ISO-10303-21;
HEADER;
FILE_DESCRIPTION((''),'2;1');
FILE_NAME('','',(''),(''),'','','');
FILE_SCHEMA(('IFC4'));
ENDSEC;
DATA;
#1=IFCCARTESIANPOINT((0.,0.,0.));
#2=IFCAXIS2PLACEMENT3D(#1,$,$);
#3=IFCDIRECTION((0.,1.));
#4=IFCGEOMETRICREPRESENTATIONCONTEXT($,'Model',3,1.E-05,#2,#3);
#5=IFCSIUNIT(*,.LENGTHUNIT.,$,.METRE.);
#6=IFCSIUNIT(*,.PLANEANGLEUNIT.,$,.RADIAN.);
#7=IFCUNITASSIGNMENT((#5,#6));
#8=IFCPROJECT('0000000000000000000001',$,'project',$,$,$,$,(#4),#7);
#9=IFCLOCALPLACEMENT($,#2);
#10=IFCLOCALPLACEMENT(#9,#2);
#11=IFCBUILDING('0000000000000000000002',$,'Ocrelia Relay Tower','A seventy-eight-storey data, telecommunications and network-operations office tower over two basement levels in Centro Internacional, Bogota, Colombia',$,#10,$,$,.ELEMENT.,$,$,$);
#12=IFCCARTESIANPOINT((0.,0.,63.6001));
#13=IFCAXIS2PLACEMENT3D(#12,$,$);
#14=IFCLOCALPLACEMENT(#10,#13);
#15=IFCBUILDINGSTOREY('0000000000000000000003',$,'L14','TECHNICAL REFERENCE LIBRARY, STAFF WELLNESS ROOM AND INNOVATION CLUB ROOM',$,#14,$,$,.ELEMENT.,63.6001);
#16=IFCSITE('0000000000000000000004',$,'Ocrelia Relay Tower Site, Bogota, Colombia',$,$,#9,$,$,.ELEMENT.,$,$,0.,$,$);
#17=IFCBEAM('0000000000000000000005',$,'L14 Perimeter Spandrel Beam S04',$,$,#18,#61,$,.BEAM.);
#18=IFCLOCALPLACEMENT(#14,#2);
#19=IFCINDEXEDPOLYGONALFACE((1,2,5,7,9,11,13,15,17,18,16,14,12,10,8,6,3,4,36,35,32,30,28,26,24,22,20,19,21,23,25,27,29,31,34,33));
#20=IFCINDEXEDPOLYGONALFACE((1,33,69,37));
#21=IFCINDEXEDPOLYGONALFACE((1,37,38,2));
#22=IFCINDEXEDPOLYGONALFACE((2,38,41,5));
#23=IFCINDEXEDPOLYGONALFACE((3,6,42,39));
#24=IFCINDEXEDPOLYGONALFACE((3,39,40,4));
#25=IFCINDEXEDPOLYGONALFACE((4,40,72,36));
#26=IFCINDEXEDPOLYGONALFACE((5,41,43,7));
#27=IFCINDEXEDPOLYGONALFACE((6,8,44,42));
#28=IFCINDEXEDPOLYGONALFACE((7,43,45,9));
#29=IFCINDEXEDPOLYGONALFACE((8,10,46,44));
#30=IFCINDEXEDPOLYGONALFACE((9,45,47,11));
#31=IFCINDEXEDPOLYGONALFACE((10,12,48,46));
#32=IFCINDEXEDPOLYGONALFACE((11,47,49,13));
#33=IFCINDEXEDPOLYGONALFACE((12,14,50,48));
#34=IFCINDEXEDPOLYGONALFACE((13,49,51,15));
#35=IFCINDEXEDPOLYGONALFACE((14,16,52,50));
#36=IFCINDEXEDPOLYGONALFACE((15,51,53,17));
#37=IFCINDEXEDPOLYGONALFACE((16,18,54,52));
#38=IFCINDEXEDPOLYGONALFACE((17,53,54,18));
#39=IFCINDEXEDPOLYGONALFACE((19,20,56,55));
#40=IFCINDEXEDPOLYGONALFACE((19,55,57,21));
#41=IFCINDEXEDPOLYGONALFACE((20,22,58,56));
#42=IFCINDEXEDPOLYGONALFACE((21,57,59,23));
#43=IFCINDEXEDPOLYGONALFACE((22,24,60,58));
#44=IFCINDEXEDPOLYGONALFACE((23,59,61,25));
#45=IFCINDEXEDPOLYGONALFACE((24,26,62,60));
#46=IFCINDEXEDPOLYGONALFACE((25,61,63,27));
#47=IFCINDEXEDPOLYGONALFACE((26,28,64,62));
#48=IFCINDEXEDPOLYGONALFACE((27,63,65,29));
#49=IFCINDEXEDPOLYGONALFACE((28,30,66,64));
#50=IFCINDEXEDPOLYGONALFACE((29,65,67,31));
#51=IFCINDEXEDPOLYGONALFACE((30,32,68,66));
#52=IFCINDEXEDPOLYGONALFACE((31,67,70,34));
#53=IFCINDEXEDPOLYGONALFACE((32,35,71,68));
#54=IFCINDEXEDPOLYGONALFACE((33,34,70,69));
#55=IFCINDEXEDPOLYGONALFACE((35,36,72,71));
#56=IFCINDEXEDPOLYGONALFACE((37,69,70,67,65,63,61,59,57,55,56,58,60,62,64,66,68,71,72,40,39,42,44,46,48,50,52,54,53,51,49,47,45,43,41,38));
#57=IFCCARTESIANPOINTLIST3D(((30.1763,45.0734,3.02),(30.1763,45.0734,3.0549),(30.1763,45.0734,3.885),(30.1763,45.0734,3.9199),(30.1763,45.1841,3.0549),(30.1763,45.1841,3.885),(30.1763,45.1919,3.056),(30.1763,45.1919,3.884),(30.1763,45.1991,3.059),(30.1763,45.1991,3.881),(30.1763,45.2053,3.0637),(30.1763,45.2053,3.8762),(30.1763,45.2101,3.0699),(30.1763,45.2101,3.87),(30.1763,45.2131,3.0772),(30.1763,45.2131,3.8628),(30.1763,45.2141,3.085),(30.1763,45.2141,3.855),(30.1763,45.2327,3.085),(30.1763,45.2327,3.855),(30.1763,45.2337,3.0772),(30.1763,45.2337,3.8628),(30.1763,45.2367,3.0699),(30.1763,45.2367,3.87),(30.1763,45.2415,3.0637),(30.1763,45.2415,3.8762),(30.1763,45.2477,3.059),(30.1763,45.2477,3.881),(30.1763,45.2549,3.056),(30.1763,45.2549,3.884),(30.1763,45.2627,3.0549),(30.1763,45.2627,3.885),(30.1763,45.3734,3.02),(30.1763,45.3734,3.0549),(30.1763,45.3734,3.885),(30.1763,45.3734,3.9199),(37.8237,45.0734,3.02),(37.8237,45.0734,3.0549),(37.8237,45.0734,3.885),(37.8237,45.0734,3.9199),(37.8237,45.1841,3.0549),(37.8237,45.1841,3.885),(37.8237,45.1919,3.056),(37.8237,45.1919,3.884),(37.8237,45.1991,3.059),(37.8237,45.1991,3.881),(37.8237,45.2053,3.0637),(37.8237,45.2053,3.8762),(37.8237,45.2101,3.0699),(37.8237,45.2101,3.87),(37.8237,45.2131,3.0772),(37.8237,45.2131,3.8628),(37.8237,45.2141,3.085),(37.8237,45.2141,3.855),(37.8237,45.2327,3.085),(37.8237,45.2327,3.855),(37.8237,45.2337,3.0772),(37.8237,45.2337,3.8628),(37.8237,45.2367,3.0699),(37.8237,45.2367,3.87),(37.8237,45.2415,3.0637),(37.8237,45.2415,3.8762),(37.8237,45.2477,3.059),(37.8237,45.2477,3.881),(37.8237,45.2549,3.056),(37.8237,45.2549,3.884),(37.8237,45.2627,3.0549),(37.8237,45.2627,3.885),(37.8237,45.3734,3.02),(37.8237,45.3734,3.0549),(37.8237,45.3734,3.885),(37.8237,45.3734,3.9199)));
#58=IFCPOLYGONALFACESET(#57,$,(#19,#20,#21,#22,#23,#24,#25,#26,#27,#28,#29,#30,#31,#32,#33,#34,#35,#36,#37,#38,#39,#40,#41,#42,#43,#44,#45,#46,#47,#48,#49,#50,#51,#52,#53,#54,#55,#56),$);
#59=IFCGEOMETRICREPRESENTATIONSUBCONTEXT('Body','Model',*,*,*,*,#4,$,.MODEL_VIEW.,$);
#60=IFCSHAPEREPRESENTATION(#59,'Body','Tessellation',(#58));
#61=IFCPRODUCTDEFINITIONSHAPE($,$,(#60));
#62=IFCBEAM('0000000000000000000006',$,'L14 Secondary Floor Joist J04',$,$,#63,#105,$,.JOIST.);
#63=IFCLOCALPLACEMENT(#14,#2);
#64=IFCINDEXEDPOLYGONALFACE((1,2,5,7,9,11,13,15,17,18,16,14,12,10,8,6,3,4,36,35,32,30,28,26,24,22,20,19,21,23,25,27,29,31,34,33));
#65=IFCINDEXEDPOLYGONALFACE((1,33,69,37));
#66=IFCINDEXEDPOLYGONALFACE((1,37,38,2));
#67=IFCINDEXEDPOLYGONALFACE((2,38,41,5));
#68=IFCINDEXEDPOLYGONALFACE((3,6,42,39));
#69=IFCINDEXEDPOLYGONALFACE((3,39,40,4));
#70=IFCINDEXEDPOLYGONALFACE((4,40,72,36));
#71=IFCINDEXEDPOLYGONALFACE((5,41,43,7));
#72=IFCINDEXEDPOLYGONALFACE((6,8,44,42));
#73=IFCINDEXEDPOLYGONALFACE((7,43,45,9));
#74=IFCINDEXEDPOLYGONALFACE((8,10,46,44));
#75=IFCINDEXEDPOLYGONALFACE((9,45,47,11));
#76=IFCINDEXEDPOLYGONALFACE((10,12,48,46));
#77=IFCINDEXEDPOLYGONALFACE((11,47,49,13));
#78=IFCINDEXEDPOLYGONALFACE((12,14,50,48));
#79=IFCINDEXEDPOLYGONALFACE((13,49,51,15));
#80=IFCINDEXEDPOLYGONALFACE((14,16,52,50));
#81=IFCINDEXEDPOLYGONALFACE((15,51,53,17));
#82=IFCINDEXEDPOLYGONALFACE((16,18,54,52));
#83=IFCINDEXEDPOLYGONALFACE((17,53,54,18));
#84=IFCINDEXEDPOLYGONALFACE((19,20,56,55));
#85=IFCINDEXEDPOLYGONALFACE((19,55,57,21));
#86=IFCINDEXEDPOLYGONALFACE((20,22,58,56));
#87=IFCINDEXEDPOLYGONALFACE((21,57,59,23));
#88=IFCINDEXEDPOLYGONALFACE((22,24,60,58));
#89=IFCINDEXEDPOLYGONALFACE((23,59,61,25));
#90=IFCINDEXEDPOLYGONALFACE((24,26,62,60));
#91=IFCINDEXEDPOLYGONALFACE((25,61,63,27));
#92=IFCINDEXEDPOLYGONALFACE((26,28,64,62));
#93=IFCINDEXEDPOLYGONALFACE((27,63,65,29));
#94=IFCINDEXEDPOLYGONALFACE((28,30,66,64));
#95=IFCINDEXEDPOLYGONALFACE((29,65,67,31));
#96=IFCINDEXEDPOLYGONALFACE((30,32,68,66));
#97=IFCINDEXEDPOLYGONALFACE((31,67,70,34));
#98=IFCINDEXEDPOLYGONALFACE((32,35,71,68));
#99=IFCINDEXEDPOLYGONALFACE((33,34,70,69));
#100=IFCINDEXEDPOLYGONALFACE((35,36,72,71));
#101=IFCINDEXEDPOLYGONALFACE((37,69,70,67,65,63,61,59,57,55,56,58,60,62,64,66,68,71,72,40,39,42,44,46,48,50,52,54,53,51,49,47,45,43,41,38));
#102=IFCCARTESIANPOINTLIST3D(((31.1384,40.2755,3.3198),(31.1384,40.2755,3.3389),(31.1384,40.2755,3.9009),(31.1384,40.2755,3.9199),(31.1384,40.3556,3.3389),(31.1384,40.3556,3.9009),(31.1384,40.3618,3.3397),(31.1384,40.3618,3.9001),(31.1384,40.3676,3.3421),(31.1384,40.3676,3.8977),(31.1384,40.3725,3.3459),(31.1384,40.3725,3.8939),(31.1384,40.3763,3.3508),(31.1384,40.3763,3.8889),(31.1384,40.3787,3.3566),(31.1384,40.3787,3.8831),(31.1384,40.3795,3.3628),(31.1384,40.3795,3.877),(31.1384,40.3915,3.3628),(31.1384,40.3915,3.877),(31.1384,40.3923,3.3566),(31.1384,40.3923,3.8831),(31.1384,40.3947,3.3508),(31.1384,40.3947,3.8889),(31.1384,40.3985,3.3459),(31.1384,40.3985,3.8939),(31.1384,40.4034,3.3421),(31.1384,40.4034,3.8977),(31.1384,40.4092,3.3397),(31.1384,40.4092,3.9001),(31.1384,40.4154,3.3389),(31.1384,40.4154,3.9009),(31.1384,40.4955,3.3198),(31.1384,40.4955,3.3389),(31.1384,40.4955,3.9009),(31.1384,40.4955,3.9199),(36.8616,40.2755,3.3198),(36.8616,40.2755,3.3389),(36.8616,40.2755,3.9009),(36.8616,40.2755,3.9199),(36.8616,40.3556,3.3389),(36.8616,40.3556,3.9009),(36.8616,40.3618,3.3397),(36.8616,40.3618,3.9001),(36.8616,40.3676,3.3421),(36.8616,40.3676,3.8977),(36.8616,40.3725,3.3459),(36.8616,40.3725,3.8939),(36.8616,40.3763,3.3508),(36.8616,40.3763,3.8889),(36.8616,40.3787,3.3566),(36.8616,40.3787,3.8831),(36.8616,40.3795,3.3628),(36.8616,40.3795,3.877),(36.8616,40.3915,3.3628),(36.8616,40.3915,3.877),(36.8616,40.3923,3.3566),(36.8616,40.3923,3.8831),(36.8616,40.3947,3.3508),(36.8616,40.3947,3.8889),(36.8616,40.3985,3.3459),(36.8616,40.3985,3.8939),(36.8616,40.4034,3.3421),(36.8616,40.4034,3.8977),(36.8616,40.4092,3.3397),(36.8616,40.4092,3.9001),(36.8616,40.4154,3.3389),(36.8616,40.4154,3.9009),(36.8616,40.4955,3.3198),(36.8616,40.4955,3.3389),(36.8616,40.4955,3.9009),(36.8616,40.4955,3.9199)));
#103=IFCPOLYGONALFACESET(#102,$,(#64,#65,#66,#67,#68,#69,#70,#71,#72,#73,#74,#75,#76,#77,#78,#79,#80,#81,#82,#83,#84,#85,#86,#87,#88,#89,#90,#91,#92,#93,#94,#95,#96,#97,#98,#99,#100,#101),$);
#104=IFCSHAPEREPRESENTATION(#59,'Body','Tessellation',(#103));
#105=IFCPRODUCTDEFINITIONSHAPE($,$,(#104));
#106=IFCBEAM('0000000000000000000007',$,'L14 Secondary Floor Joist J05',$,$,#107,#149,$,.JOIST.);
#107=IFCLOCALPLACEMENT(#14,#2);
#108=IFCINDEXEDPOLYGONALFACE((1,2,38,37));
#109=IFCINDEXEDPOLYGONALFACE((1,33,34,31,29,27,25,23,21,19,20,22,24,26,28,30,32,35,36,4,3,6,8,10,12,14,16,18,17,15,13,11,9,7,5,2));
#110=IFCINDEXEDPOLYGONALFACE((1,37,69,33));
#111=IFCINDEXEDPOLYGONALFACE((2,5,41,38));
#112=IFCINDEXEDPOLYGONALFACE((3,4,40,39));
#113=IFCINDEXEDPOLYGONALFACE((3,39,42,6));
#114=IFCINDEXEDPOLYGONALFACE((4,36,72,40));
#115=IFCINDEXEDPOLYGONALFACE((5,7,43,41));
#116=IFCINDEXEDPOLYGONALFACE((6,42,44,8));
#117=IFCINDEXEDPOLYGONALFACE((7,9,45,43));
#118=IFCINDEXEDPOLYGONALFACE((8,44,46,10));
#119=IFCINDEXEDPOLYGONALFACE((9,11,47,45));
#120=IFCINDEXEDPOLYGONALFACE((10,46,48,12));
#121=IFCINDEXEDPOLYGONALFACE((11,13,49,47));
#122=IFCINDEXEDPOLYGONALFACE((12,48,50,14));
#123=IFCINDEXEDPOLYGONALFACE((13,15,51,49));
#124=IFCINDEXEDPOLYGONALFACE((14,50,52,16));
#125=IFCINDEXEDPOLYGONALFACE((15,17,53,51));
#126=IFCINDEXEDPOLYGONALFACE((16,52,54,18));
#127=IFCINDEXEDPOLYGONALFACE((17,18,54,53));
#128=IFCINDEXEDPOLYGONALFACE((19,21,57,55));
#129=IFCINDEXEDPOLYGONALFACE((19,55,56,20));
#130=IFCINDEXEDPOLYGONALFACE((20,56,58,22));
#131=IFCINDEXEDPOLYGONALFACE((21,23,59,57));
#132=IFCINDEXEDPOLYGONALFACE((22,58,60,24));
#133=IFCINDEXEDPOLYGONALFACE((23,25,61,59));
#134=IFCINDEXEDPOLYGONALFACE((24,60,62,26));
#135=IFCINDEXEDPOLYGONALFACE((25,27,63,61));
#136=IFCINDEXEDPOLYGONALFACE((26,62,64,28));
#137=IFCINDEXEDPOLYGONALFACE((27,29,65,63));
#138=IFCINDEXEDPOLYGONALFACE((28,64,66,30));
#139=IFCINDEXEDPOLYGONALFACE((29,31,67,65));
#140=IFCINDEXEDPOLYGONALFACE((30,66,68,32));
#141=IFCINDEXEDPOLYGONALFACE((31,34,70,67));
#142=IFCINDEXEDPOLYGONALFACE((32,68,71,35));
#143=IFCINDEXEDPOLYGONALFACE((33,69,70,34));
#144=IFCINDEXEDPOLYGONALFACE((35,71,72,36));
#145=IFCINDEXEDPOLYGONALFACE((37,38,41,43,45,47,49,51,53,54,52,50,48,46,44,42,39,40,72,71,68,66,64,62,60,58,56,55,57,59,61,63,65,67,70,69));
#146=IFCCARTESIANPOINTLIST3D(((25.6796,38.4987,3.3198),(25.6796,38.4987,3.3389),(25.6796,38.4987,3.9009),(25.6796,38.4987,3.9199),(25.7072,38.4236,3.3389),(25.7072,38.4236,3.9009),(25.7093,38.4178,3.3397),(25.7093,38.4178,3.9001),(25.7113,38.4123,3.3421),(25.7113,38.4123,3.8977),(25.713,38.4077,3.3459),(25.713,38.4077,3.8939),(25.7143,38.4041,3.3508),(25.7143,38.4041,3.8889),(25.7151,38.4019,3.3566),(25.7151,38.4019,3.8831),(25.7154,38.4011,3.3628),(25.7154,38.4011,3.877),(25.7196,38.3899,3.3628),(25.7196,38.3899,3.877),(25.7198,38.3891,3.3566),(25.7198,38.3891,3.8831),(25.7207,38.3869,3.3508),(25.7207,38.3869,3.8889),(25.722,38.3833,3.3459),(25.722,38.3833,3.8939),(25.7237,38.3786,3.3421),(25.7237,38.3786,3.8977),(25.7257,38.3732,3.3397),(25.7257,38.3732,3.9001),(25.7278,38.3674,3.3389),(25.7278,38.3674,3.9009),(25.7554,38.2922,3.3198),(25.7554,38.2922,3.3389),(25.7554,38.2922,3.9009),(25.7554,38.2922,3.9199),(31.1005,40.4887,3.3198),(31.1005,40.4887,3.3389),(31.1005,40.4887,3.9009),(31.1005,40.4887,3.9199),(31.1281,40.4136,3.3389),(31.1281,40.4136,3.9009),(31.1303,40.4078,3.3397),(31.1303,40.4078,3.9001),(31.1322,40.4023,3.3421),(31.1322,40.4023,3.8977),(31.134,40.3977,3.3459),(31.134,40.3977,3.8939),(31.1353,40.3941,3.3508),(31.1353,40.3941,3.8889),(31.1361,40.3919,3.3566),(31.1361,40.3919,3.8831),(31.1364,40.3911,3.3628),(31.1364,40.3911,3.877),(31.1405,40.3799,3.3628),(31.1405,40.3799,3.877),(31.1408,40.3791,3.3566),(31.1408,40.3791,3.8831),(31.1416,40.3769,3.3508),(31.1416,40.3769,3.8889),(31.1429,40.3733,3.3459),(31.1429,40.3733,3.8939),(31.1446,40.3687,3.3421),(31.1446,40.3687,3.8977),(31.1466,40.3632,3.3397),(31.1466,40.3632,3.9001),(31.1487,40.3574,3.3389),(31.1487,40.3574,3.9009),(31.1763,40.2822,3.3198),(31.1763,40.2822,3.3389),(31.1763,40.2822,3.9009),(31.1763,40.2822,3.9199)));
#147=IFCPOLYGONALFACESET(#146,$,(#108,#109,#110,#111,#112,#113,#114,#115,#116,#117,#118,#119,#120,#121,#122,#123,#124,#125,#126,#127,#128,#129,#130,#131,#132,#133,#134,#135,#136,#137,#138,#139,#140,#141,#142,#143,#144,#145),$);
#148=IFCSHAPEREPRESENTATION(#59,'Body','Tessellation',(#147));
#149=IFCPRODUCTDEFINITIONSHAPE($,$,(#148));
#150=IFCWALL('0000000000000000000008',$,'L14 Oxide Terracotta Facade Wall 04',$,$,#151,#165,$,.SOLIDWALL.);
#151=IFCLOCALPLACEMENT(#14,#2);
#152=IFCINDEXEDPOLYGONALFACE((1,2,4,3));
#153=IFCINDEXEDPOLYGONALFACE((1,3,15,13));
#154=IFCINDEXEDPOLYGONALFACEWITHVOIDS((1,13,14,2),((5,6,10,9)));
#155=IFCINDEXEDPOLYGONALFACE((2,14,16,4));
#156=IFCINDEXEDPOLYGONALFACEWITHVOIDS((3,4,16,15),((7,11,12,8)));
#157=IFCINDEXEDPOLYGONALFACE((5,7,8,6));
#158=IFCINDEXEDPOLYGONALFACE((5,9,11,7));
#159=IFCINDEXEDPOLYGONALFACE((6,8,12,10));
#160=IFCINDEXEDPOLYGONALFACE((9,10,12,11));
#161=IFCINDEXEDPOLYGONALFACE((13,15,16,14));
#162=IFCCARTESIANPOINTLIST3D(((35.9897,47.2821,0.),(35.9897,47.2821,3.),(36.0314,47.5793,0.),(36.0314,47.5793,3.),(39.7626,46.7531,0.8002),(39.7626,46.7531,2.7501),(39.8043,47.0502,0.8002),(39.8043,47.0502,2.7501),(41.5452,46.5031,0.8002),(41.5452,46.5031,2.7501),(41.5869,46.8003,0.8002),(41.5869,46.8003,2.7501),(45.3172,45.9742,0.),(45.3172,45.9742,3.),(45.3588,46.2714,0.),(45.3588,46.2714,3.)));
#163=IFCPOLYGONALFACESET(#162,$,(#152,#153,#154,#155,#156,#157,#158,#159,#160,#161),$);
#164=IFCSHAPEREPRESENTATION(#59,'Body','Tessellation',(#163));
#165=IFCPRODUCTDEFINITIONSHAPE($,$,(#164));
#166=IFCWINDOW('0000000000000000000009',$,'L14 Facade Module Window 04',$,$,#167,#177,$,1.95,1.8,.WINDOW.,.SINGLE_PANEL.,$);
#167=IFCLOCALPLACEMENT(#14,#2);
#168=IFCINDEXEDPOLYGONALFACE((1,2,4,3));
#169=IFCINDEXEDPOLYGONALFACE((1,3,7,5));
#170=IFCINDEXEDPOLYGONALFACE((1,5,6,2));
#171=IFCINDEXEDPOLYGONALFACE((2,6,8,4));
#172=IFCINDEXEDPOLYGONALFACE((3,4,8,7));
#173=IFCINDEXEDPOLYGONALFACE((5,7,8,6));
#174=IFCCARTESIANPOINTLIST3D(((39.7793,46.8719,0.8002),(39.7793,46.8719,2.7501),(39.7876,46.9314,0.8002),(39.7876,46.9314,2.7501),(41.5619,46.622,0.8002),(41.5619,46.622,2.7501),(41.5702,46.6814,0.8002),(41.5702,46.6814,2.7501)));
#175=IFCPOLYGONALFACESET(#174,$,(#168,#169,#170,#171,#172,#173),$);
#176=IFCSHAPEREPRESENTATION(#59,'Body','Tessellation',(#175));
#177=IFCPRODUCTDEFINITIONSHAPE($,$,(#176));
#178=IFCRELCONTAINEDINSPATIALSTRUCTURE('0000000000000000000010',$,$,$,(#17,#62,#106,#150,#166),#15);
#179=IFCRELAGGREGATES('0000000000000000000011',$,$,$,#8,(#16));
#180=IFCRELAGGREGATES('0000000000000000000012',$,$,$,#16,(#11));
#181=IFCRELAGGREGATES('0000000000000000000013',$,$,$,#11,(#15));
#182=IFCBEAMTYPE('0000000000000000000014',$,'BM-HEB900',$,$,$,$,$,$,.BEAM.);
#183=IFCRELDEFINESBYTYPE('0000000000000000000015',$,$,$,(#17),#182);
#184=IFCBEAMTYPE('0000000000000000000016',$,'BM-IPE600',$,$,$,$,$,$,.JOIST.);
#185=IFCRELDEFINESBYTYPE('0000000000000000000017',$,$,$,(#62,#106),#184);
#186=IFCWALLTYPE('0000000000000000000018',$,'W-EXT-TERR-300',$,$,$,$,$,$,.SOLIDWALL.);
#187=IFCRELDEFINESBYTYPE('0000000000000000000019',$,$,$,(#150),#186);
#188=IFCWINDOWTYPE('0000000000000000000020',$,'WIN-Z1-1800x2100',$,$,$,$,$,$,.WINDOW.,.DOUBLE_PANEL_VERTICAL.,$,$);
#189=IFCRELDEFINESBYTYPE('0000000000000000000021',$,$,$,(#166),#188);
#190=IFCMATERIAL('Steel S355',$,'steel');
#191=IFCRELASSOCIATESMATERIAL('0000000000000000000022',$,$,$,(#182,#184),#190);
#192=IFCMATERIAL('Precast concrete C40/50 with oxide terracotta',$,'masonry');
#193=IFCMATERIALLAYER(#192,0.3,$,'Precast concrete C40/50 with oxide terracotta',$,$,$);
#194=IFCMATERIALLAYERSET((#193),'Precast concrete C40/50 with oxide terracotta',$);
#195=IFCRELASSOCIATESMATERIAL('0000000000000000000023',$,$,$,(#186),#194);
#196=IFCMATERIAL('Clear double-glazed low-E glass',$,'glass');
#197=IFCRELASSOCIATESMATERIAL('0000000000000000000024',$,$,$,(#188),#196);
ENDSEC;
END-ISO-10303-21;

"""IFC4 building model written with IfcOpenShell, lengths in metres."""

from ifc_helpers import new_model, si_unit, direction, frame, frame_2d, origin, origin_2d, place, context, subcontext, project, spatial, rectangle, i_section, extrude, material, layer, layer_set, material_profile, profile_set, type_object, element, fill, save


model = new_model("IFC4")

# Units and contexts
model_context = context("Model", 3, precision=1e-05, world=origin(), true_north=direction((0.0, 1.0)))
body_context = subcontext(model_context, "Body", "Model", "MODEL_VIEW")
ifc_project = project(units=[si_unit("LENGTHUNIT", "METRE"), si_unit("PLANEANGLEUNIT", "RADIAN")], contexts=[model_context])

# Site, building, storey
site_placement = place(None, origin())
site = spatial("IfcSite", under=ifc_project, at=site_placement, Name="Ocrelia Relay Tower Site, Bogota, Colombia", CompositionType="ELEMENT", RefElevation=0.0)
building_placement = place(site_placement, origin())
building = spatial("IfcBuilding", under=site, at=building_placement, Name="Ocrelia Relay Tower", Description="A seventy-eight-storey data, telecommunications and network-operations office tower over two basement levels in Centro Internacional, Bogota, Colombia", CompositionType="ELEMENT")
storey_placement = place(building_placement, frame((0.0, 0.0, 63.6001)))
storey = spatial("IfcBuildingStorey", under=building, at=storey_placement, Name="L14", Description="TECHNICAL REFERENCE LIBRARY, STAFF WELLNESS ROOM AND INNOVATION CLUB ROOM", CompositionType="ELEMENT", Elevation=63.6001)

# Beams
ifc_material_1 = material(Name="Steel S355", Category="steel")
ifc_material_profile_1 = material_profile(ifc_material_1, i_section(OverallWidth=0.3, OverallDepth=0.8999, WebThickness=0.0186, FlangeThickness=0.0349, FilletRadius=0.03, at=origin_2d()), Name="HEB 900")
ifc_profile_set_1 = profile_set([ifc_material_profile_1], Name="Steel S355")
beam_type_1 = type_object("IfcBeamType", Name="BM-HEB900", PredefinedType="BEAM", material=ifc_profile_set_1)
for number, where, z_axis, x_axis, name in (
    (1, (37.8237, 45.2234, 3.47), (-1.0, 0.0, 0.0), (0.0, -1.0, 0.0), "L14 Perimeter Spandrel Beam S04"),
):
    element("IfcBeam", number, at=place(storey_placement, frame(where, z_axis=z_axis, x_axis=x_axis)), inside=storey, type_object=beam_type_1, Name=name, PredefinedType="BEAM", context=body_context, shape_type="SweptSolid", body=[
        extrude(i_section(OverallWidth=0.3, OverallDepth=0.8999, WebThickness=0.0186, FlangeThickness=0.0349, FilletRadius=0.03, at=origin_2d()), origin(), (0.0, 0.0, 1.0), 7.6475),
    ])
ifc_material_profile_2 = material_profile(ifc_material_1, i_section(OverallWidth=0.22, OverallDepth=0.6001, WebThickness=0.012, FlangeThickness=0.019, FilletRadius=0.0239, at=origin_2d()), Name="IPE 600")
ifc_profile_set_2 = profile_set([ifc_material_profile_2], Name="Steel S355")
beam_type_2 = type_object("IfcBeamType", Name="BM-IPE600", PredefinedType="JOIST", material=ifc_profile_set_2)
beam_1_placement = place(storey_placement, frame((36.8616, 40.3855, 3.6199), z_axis=(-1.0, 0.0, 0.0), x_axis=(0.0, -1.0, 0.0)))
element("IfcBeam", 2, at=beam_1_placement, inside=storey, type_object=beam_type_2, Name="L14 Secondary Floor Joist J04", PredefinedType="JOIST", context=body_context, shape_type="SweptSolid", body=[
    extrude(i_section(OverallWidth=0.22, OverallDepth=0.6001, WebThickness=0.012, FlangeThickness=0.019, FilletRadius=0.0239, at=origin_2d()), origin(), (0.0, 0.0, 1.0), 5.7231),
])
beam_2_placement = place(storey_placement, frame((31.1384, 40.3855, 3.6199), z_axis=(-0.938746, -0.34461, 0.0), x_axis=(0.34461, -0.938746, 0.0)))
element("IfcBeam", 3, at=beam_2_placement, inside=storey, type_object=beam_type_2, Name="L14 Secondary Floor Joist J05", PredefinedType="JOIST", context=body_context, shape_type="SweptSolid", body=[
    extrude(i_section(OverallWidth=0.22, OverallDepth=0.6001, WebThickness=0.012, FlangeThickness=0.019, FilletRadius=0.0239, at=origin_2d()), origin(), (0.0, 0.0, 1.0), 5.7747),
])

# Wall, opening, window
ifc_material_2 = material(Name="Precast concrete C40/50 with oxide terracotta", Category="masonry")
ifc_layer_1 = layer(ifc_material_2, 0.3, Name="Precast concrete C40/50 with oxide terracotta")
ifc_layer_set_1 = layer_set([ifc_layer_1], Name="Precast concrete C40/50 with oxide terracotta")
wall_type = type_object("IfcWallType", Name="W-EXT-TERR-300", PredefinedType="SOLIDWALL", material=ifc_layer_set_1)
wall_1_placement = place(storey_placement, frame((45.3381, 46.1228, 0.0), z_axis=(0.0, 0.0, 1.0), x_axis=(-0.990312, 0.138859, 0.0)))
wall_1 = element("IfcWall", 4, at=wall_1_placement, inside=storey, type_object=wall_type, Name="L14 Oxide Terracotta Facade Wall 04", PredefinedType="SOLIDWALL", context=body_context, shape_type="SweptSolid", body=[
    extrude(rectangle(XDim=9.4187, YDim=0.3, at=frame_2d((4.7095, 0.0))), origin(), (0.0, 0.0, 1.0), 3.0),
])
opening_1_placement = place(wall_1_placement, frame((3.8091, 0.0, 0.8)))
opening_1 = element("IfcOpeningElement", 5, at=opening_1_placement, cuts=wall_1, PredefinedType="OPENING", context=body_context, shape_type="SweptSolid", body=[
    extrude(rectangle(XDim=1.8, YDim=1.95, at=frame_2d((0.8999, 0.9751))), frame((0.0, 0.1602, 0.0), z_axis=(0.0, -1.0, 0.0), x_axis=(1.0, 0.0, 0.0)), (0.0, 0.0, 1.0), 0.3201),
])
ifc_material_3 = material(Name="Clear double-glazed low-E glass", Category="glass")
window_type = type_object("IfcWindowType", Name="WIN-Z1-1800x2100", PartitioningType="DOUBLE_PANEL_VERTICAL", PredefinedType="WINDOW", material=ifc_material_3)
window_placement = place(opening_1_placement, origin())
window = element("IfcWindow", 6, at=window_placement, inside=storey, type_object=window_type, Name="L14 Facade Module Window 04", OverallHeight=1.95, OverallWidth=1.8, PartitioningType="SINGLE_PANEL", PredefinedType="WINDOW", context=body_context, shape_type="SweptSolid", body=[
    extrude(rectangle(XDim=1.8, YDim=1.95, at=frame_2d((0.8999, 0.9751))), frame((0.0, 0.03, 0.0), z_axis=(0.0, -1.0, 0.0), x_axis=(1.0, 0.0, 0.0)), (0.0, 0.0, 1.0), 0.0601),
])
fill(opening_1, window)

save(model, "model.ifc")
